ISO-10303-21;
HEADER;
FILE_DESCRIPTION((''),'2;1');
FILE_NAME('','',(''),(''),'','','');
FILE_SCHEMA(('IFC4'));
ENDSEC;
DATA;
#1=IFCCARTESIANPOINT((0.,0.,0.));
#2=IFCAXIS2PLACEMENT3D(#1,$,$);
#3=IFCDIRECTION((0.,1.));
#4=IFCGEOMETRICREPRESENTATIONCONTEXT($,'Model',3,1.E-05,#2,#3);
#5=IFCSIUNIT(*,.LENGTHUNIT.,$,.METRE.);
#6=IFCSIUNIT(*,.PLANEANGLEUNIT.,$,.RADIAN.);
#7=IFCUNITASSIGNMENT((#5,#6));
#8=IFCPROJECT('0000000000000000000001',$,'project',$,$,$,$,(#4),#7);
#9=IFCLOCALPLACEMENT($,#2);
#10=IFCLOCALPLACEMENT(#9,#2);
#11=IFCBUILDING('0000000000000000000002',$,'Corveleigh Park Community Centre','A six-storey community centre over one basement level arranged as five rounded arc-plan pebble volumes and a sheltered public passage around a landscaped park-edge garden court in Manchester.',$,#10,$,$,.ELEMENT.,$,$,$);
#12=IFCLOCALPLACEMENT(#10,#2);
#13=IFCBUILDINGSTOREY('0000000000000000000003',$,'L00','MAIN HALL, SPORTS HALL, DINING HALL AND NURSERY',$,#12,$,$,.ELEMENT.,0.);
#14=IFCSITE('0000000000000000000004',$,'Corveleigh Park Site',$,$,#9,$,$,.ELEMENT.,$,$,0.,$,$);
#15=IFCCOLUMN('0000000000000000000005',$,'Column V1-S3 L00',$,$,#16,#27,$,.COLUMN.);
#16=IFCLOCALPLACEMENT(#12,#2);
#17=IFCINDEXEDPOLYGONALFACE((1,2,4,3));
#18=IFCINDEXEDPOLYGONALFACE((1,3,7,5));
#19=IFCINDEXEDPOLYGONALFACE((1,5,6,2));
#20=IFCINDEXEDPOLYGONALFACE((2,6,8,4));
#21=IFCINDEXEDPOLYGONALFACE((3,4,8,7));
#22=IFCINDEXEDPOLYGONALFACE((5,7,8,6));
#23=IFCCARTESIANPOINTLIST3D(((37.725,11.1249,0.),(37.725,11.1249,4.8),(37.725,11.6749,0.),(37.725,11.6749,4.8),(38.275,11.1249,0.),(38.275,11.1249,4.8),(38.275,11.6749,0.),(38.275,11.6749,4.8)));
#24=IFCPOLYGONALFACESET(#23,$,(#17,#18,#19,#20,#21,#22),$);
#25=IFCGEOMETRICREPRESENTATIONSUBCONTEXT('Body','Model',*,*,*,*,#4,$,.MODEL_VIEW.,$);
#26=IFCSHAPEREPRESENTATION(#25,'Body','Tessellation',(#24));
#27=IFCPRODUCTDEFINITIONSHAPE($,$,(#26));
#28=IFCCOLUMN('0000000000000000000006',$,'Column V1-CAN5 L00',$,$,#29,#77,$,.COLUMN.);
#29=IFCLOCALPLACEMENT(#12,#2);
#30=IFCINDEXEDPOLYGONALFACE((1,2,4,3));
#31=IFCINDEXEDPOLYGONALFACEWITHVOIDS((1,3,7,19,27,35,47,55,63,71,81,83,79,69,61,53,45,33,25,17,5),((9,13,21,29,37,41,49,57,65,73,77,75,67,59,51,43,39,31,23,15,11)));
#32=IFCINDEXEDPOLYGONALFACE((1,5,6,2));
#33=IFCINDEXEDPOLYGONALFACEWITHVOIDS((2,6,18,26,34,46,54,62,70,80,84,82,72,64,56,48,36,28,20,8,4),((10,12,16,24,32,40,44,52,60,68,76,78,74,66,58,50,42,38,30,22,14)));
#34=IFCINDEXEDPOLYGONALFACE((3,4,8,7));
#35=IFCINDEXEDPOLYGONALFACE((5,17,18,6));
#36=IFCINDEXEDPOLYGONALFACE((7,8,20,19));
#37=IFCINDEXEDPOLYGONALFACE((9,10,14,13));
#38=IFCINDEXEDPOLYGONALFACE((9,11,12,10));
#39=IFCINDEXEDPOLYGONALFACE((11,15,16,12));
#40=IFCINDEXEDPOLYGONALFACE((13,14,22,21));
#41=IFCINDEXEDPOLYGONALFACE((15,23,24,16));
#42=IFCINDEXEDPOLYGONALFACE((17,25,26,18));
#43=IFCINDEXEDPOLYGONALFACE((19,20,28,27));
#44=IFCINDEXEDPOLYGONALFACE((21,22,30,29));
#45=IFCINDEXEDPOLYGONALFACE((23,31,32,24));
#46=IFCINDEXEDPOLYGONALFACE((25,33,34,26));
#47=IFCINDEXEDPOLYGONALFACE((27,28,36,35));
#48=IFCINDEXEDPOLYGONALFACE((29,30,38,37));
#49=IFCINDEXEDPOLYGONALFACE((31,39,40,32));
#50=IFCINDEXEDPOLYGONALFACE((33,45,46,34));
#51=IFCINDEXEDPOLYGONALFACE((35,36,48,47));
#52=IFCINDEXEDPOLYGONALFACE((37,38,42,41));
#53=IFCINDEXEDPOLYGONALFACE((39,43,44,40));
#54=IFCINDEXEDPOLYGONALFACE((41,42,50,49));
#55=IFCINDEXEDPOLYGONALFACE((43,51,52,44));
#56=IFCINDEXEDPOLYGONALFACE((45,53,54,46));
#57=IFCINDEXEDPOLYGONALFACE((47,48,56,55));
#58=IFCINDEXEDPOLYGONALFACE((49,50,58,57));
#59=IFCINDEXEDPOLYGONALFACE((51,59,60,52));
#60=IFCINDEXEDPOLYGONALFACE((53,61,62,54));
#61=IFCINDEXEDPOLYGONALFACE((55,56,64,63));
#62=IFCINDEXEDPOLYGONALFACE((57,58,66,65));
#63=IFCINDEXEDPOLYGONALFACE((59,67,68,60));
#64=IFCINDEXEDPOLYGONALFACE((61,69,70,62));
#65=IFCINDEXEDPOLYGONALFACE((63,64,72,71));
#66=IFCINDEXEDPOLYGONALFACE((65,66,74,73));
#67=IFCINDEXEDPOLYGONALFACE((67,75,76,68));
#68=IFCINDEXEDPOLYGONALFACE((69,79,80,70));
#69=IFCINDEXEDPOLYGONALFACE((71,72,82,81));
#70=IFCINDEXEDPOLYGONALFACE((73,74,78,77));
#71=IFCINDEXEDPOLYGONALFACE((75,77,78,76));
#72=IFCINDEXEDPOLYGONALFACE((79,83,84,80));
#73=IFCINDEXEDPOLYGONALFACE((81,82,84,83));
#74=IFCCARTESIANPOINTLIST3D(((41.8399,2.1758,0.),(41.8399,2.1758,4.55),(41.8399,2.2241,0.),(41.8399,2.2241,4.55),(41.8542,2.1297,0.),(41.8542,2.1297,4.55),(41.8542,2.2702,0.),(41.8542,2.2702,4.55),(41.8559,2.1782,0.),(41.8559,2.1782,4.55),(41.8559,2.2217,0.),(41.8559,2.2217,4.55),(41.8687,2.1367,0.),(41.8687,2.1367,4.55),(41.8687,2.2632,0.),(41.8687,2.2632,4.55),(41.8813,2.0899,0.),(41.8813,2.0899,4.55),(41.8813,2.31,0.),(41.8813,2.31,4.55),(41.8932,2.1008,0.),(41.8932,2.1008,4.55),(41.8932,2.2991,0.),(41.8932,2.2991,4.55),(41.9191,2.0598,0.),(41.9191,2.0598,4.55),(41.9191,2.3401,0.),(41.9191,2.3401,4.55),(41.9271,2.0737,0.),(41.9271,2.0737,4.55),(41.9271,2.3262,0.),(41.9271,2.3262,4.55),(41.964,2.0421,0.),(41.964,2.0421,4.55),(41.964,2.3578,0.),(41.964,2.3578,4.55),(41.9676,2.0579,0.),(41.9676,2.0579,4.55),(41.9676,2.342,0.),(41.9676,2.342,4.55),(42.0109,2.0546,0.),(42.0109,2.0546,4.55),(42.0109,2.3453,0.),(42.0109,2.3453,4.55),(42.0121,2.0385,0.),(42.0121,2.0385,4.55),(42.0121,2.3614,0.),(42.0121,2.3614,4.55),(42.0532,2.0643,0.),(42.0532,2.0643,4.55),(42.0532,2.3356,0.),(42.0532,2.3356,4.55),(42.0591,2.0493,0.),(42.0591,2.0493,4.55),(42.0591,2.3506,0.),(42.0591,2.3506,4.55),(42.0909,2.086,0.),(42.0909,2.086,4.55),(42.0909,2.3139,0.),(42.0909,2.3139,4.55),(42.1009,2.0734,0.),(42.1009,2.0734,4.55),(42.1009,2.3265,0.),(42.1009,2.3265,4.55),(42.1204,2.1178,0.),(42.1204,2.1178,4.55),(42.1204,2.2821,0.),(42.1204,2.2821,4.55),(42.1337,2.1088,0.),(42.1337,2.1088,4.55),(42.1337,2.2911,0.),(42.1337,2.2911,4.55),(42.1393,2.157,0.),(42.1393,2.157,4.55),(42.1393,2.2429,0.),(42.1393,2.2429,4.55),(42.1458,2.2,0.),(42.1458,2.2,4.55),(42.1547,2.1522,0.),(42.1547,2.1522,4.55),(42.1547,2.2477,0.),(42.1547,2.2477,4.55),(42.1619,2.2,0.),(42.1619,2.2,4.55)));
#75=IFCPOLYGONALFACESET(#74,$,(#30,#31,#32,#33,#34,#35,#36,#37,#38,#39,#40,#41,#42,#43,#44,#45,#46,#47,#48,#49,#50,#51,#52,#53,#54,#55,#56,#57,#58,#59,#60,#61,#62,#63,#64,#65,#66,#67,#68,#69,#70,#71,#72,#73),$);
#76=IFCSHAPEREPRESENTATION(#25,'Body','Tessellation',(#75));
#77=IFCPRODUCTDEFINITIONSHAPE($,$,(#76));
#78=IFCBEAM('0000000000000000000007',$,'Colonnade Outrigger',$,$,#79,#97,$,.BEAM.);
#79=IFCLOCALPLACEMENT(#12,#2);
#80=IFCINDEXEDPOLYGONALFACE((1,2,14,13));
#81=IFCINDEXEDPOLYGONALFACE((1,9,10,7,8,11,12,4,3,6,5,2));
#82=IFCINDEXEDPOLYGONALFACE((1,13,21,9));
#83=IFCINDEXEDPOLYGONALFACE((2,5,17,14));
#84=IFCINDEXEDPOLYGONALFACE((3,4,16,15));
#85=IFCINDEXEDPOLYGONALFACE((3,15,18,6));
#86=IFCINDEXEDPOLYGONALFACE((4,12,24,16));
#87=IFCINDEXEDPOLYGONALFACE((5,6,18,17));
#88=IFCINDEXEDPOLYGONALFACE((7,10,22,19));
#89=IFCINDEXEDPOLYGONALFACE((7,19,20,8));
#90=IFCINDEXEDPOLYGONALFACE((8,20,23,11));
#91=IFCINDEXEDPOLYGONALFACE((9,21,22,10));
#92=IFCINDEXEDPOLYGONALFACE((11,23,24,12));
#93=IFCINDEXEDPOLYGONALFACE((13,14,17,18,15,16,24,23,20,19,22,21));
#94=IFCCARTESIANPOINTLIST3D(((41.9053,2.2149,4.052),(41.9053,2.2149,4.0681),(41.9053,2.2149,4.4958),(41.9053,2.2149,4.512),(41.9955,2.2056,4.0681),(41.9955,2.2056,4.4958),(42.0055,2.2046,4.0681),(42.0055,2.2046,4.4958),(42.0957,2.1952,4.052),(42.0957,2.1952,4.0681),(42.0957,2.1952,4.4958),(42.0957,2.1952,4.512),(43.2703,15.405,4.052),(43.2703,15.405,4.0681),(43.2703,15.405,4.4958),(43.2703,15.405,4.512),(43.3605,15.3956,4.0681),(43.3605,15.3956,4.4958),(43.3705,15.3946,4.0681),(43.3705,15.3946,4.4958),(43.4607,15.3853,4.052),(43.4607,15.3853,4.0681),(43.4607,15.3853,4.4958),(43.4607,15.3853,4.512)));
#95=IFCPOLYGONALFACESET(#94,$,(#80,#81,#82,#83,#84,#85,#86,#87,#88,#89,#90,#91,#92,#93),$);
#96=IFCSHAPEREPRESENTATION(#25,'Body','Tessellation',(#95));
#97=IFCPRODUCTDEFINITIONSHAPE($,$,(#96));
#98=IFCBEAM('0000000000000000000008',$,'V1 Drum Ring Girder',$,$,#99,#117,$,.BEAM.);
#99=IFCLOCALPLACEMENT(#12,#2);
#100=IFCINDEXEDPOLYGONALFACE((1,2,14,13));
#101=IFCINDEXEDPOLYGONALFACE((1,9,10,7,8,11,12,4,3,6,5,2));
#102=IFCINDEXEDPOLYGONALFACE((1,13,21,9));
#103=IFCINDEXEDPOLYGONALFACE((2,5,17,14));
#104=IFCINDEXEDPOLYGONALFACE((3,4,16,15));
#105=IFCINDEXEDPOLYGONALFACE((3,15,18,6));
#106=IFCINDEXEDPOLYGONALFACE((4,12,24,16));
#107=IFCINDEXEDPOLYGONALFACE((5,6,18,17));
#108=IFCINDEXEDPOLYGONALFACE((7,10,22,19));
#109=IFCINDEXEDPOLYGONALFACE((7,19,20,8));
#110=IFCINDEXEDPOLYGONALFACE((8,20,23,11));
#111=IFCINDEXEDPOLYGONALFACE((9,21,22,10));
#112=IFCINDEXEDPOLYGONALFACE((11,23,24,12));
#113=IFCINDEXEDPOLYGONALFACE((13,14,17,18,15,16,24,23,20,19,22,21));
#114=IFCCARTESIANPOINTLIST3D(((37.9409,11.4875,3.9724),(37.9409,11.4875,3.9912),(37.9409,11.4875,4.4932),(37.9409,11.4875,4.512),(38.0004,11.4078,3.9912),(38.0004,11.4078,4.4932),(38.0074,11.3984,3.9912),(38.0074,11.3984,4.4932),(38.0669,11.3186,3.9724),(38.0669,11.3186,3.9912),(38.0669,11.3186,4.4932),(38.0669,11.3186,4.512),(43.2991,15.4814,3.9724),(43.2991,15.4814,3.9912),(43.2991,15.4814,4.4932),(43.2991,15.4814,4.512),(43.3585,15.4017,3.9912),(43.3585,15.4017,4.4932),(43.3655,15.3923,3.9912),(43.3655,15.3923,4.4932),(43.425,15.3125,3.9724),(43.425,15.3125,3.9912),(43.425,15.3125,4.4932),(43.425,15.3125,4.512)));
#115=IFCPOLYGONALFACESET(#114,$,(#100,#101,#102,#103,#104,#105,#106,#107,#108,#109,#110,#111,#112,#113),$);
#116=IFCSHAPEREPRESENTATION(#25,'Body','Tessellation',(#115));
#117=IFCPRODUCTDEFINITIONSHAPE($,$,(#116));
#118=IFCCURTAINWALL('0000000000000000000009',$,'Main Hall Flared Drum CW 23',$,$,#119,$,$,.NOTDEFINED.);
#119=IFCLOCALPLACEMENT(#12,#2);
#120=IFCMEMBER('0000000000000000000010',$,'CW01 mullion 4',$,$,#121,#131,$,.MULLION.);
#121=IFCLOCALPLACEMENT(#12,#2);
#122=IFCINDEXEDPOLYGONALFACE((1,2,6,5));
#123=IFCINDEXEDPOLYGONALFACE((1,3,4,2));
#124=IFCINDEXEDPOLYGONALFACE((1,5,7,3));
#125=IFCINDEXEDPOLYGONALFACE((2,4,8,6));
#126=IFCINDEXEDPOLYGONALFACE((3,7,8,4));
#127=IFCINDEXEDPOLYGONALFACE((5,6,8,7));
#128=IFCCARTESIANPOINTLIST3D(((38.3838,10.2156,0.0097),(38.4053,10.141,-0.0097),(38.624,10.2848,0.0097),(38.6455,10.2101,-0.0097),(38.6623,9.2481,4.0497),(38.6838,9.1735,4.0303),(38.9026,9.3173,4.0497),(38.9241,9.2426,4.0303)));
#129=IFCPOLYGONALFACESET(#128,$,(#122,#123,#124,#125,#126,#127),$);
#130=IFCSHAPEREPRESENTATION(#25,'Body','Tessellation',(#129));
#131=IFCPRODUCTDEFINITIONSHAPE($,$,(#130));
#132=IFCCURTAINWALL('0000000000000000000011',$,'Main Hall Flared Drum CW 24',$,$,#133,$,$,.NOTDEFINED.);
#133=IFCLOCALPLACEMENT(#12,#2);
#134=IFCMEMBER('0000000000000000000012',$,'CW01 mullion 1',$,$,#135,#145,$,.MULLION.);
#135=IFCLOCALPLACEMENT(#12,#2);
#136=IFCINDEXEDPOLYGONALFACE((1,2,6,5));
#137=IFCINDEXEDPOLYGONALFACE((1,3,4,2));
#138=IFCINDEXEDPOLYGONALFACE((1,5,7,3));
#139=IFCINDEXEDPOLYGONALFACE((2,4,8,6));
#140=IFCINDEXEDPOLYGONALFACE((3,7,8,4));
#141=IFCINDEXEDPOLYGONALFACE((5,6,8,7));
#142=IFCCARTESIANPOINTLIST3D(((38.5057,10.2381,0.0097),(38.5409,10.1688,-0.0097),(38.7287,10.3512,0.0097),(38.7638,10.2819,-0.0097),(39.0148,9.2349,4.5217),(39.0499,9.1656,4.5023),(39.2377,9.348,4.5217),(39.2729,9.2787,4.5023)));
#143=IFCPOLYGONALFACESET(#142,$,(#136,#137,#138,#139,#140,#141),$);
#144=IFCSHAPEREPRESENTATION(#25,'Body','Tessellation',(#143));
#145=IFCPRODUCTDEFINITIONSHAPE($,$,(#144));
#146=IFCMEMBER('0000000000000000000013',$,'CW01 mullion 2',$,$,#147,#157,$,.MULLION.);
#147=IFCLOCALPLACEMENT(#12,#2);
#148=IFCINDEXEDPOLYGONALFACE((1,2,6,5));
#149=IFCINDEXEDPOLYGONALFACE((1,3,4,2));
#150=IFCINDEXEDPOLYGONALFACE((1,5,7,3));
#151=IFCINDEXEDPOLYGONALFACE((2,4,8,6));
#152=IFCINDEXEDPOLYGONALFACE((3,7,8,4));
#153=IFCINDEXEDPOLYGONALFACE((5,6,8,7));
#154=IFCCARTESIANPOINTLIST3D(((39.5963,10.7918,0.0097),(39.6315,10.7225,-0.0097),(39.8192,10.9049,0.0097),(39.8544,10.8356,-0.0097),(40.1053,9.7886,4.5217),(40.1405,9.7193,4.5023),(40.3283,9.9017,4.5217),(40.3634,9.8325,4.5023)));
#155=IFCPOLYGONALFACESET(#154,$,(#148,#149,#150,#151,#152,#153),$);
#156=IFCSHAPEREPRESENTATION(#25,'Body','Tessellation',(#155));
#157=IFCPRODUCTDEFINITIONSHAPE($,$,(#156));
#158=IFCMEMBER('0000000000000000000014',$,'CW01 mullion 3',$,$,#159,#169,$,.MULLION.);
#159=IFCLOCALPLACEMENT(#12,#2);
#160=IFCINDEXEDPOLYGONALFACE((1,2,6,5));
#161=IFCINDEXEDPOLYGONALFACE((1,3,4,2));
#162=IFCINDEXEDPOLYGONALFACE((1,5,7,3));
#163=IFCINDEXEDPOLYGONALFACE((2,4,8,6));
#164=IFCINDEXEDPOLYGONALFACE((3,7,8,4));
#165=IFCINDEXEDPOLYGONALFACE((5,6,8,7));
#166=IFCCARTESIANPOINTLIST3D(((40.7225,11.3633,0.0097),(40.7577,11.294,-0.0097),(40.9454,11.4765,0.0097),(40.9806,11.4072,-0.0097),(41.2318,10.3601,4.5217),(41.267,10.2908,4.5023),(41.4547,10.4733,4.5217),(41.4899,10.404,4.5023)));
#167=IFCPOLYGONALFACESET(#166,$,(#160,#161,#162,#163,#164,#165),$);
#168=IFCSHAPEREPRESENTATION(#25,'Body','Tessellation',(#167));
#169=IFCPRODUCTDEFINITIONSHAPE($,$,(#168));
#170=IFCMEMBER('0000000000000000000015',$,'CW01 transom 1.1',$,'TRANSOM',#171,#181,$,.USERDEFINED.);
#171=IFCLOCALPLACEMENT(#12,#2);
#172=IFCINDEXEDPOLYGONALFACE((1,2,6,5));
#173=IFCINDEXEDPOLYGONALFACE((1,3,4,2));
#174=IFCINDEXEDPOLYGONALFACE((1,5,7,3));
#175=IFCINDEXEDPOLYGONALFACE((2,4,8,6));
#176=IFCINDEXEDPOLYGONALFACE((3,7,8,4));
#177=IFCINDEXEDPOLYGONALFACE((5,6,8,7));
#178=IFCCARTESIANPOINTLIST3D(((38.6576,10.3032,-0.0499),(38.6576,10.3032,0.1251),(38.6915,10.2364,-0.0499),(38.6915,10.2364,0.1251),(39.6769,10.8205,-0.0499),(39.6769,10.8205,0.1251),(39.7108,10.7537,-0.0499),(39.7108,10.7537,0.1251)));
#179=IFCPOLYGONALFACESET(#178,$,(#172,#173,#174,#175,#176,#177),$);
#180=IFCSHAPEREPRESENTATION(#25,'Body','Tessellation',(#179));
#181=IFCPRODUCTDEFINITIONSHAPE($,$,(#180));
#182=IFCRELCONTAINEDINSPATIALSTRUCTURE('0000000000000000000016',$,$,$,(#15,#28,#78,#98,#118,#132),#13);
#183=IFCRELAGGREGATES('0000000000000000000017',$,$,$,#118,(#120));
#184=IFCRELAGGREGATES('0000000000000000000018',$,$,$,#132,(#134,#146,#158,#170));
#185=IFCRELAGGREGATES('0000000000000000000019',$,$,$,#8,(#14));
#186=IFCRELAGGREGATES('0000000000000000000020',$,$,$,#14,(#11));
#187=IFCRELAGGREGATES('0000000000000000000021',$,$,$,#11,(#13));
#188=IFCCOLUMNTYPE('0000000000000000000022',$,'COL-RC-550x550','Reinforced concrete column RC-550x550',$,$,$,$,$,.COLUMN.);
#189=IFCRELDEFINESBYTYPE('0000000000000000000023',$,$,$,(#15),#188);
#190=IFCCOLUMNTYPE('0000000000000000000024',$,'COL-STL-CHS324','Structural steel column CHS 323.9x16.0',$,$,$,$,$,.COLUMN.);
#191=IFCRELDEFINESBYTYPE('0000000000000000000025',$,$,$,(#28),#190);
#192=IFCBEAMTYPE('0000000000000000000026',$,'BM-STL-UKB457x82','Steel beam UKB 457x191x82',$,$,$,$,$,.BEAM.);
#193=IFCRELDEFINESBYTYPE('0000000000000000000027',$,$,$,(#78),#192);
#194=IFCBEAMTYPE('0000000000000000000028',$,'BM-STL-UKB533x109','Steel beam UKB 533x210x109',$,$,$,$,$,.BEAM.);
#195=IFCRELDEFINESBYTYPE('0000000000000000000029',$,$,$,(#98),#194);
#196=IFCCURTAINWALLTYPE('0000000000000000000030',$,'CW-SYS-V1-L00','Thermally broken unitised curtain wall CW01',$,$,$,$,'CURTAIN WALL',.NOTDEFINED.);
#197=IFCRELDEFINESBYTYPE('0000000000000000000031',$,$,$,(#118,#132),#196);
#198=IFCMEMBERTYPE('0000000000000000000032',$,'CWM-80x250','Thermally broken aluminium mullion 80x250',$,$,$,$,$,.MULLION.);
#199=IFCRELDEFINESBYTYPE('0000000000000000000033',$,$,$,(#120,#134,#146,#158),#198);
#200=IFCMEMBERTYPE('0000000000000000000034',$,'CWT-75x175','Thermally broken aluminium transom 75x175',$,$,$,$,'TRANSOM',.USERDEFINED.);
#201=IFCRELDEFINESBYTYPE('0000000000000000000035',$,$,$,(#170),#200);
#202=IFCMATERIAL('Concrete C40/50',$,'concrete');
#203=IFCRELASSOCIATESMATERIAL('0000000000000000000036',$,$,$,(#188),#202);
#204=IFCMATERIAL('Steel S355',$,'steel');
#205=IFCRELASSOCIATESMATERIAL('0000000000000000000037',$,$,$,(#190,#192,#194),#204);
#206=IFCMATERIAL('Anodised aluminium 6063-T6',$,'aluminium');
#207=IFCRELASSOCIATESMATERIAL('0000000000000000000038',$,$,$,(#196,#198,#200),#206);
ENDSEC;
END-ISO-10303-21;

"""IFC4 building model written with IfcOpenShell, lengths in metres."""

from ifc_helpers import new_model, si_unit, direction, frame, origin, origin_2d, place, context, subcontext, project, spatial, rectangle, hollow_circle, i_section, extrude, material, material_profile, profile_set, type_object, element, aggregate, save


model = new_model("IFC4")

# Units and contexts
model_context = context("Model", 3, precision=1e-05, world=origin(), true_north=direction((0.0, 1.0)))
body_context = subcontext(model_context, "Body", "Model", "MODEL_VIEW")
ifc_project = project(units=[si_unit("LENGTHUNIT", "METRE"), si_unit("PLANEANGLEUNIT", "RADIAN")], contexts=[model_context])

# Site, building, storey
site_placement = place(None, origin())
site = spatial("IfcSite", under=ifc_project, at=site_placement, Name="Corveleigh Park Site", CompositionType="ELEMENT", RefElevation=0.0)
building_placement = place(site_placement, origin())
building = spatial("IfcBuilding", under=site, at=building_placement, Name="Corveleigh Park Community Centre", Description="A six-storey community centre over one basement level arranged as five rounded arc-plan pebble volumes and a sheltered public passage around a landscaped park-edge garden court in Manchester.", CompositionType="ELEMENT")
storey_placement = place(building_placement, origin())
storey = spatial("IfcBuildingStorey", under=building, at=storey_placement, Name="L00", Description="MAIN HALL, SPORTS HALL, DINING HALL AND NURSERY", CompositionType="ELEMENT", Elevation=0.0)

# Columns
ifc_material_1 = material(Name="Concrete C40/50", Category="concrete")
ifc_material_profile_1 = material_profile(ifc_material_1, rectangle(XDim=0.55, YDim=0.55, at=origin_2d()), Name="RC-550x550", Category="concrete")
ifc_profile_set_1 = profile_set([ifc_material_profile_1], Name="Concrete C40/50")
column_type_1 = type_object("IfcColumnType", Name="COL-RC-550x550", Description="Reinforced concrete column RC-550x550", PredefinedType="COLUMN", material=ifc_profile_set_1)
column_1_placement = place(storey_placement, frame((38.0, 11.3999, 0.0), z_axis=(0.0, 0.0, 1.0), x_axis=(1.0, 0.0, 0.0)))
element("IfcColumn", 1, at=column_1_placement, inside=storey, type_object=column_type_1, Name="Column V1-S3 L00", PredefinedType="COLUMN", context=body_context, shape_type="SweptSolid", body=[
    extrude(rectangle(XDim=0.55, YDim=0.55, at=origin_2d()), origin(), (0.0, 0.0, 1.0), 4.8),
])
ifc_material_2 = material(Name="Steel S355", Category="steel")
ifc_material_profile_2 = material_profile(ifc_material_2, hollow_circle(Radius=0.1619, WallThickness=0.0161, at=origin_2d()), Name="CHS 323.9x16.0", Category="steel")
ifc_profile_set_2 = profile_set([ifc_material_profile_2], Name="Steel S355")
column_type_2 = type_object("IfcColumnType", Name="COL-STL-CHS324", Description="Structural steel column CHS 323.9x16.0", PredefinedType="COLUMN", material=ifc_profile_set_2)
column_2_placement = place(storey_placement, frame((42.0, 2.2, 0.0), z_axis=(0.0, 0.0, 1.0), x_axis=(1.0, 0.0, 0.0)))
element("IfcColumn", 2, at=column_2_placement, inside=storey, type_object=column_type_2, Name="Column V1-CAN5 L00", PredefinedType="COLUMN", context=body_context, shape_type="SweptSolid", body=[
    extrude(hollow_circle(Radius=0.1619, WallThickness=0.0161, at=origin_2d()), origin(), (0.0, 0.0, 1.0), 4.55),
])

# Beams
ifc_material_profile_3 = material_profile(ifc_material_2, i_section(OverallWidth=0.1914, OverallDepth=0.46, WebThickness=0.01, FlangeThickness=0.0161, at=origin_2d()), Name="UKB 457x191x82", Category="steel")
ifc_profile_set_3 = profile_set([ifc_material_profile_3], Name="Steel S355")
beam_type_1 = type_object("IfcBeamType", Name="BM-STL-UKB457x82", Description="Steel beam UKB 457x191x82", PredefinedType="BEAM", material=ifc_profile_set_3)
beam_1_placement = place(storey_placement, frame((42.0005, 2.2051, 4.282), z_axis=(0.102937, 0.994688, 0.0), x_axis=(-0.994688, 0.102937, 0.0)))
element("IfcBeam", 3, at=beam_1_placement, inside=storey, type_object=beam_type_1, Name="Colonnade Outrigger", PredefinedType="BEAM", context=body_context, shape_type="SweptSolid", body=[
    extrude(i_section(OverallWidth=0.1914, OverallDepth=0.46, WebThickness=0.01, FlangeThickness=0.0161, at=origin_2d()), origin(), (0.0, 0.0, 1.0), 13.2605),
])
ifc_material_profile_4 = material_profile(ifc_material_2, i_section(OverallWidth=0.2107, OverallDepth=0.5396, WebThickness=0.0117, FlangeThickness=0.0188, at=origin_2d()), Name="UKB 533x210x109", Category="steel")
ifc_profile_set_4 = profile_set([ifc_material_profile_4], Name="Steel S355")
beam_type_2 = type_object("IfcBeamType", Name="BM-STL-UKB533x109", Description="Steel beam UKB 533x210x109", PredefinedType="BEAM", material=ifc_profile_set_4)
beam_2_placement = place(storey_placement, frame((38.0039, 11.4031, 4.2422), z_axis=(0.801772, 0.59763, 0.0), x_axis=(-0.59763, 0.801772, 0.0)))
element("IfcBeam", 4, at=beam_2_placement, inside=storey, type_object=beam_type_2, Name="V1 Drum Ring Girder", PredefinedType="BEAM", context=body_context, shape_type="SweptSolid", body=[
    extrude(i_section(OverallWidth=0.2107, OverallDepth=0.5396, WebThickness=0.0117, FlangeThickness=0.0188, at=origin_2d()), origin(), (0.0, 0.0, 1.0), 6.6829),
])

# Curtain wall, member
ifc_material_3 = material(Name="Anodised aluminium 6063-T6", Category="aluminium")
curtain_wall_type = type_object("IfcCurtainWallType", Name="CW-SYS-V1-L00", Description="Thermally broken unitised curtain wall CW01", ElementType="CURTAIN WALL", PredefinedType="NOTDEFINED", material=ifc_material_3)
curtain_wall_1_placement = place(storey_placement, origin())
curtain_wall_1 = element("IfcCurtainWall", 5, at=curtain_wall_1_placement, inside=storey, type_object=curtain_wall_type, Name="Main Hall Flared Drum CW 23", PredefinedType="NOTDEFINED")
ifc_material_profile_5 = material_profile(ifc_material_3, rectangle(XDim=0.0801, YDim=0.25, at=origin_2d()), Name="ALU-M80x250", Category="aluminium")
ifc_profile_set_5 = profile_set([ifc_material_profile_5], Name="Anodised aluminium 6063-T6")
member_type_1 = type_object("IfcMemberType", Name="CWM-80x250", Description="Thermally broken aluminium mullion 80x250", PredefinedType="MULLION", material=ifc_profile_set_5)
member_1_placement = place(storey_placement, frame((38.5146, 10.2129, 0.0), z_axis=(0.066905, -0.232378, 0.970322), x_axis=(-0.268463, 0.932444, 0.241817)))
member_1 = element("IfcMember", 6, at=member_1_placement, type_object=member_type_1, Name="CW01 mullion 4", PredefinedType="MULLION", context=body_context, shape_type="SweptSolid", body=[
    extrude(rectangle(XDim=0.0801, YDim=0.25, at=origin_2d()), origin(), (0.0, 0.0, 1.0), 4.1636),
])
aggregate(curtain_wall_1, [member_1])

# Curtain wall, members
curtain_wall_2_placement = place(storey_placement, origin())
curtain_wall_2 = element("IfcCurtainWall", 7, at=curtain_wall_2_placement, inside=storey, type_object=curtain_wall_type, Name="Main Hall Flared Drum CW 24", PredefinedType="NOTDEFINED")
member_2_placement = place(storey_placement, frame((38.6348, 10.26, 0.0), z_axis=(0.109468, -0.215732, 0.970297), x_axis=(-0.439061, 0.865276, 0.241917)))
member_2 = element("IfcMember", 8, at=member_2_placement, type_object=member_type_1, Name="CW01 mullion 1", PredefinedType="MULLION", context=body_context, shape_type="SweptSolid", body=[
    extrude(rectangle(XDim=0.0801, YDim=0.25, at=origin_2d()), origin(), (0.0, 0.0, 1.0), 4.6501),
])
member_3_placement = place(storey_placement, frame((39.7253, 10.8137, 0.0), z_axis=(0.109468, -0.215732, 0.970297), x_axis=(-0.439061, 0.865276, 0.241917)))
member_3 = element("IfcMember", 9, at=member_3_placement, type_object=member_type_1, Name="CW01 mullion 2", PredefinedType="MULLION", context=body_context, shape_type="SweptSolid", body=[
    extrude(rectangle(XDim=0.0801, YDim=0.25, at=origin_2d()), origin(), (0.0, 0.0, 1.0), 4.6501),
])
member_4_placement = place(storey_placement, frame((40.8516, 11.3853, 0.0), z_axis=(0.109519, -0.215731, 0.970291), x_axis=(-0.439226, 0.865186, 0.241939)))
member_4 = element("IfcMember", 10, at=member_4_placement, type_object=member_type_1, Name="CW01 mullion 3", PredefinedType="MULLION", context=body_context, shape_type="SweptSolid", body=[
    extrude(rectangle(XDim=0.0801, YDim=0.25, at=origin_2d()), origin(), (0.0, 0.0, 1.0), 4.6501),
])
ifc_material_profile_6 = material_profile(ifc_material_3, rectangle(XDim=0.075, YDim=0.175, at=origin_2d()), Name="ALU-T75x175", Category="aluminium")
ifc_profile_set_6 = profile_set([ifc_material_profile_6], Name="Anodised aluminium 6063-T6")
member_type_2 = type_object("IfcMemberType", Name="CWT-75x175", Description="Thermally broken aluminium transom 75x175", ElementType="TRANSOM", PredefinedType="USERDEFINED", material=ifc_profile_set_6)
member_5_placement = place(storey_placement, frame((38.6746, 10.2698, 0.0376), z_axis=(0.89172, 0.452588, 0.0), x_axis=(-0.452588, 0.89172, 0.0)))
member_5 = element("IfcMember", 11, at=member_5_placement, type_object=member_type_2, Name="CW01 transom 1.1", ObjectType="TRANSOM", PredefinedType="USERDEFINED", context=body_context, shape_type="SweptSolid", body=[
    extrude(rectangle(XDim=0.075, YDim=0.175, at=origin_2d()), origin(), (0.0, 0.0, 1.0), 1.1431),
])

aggregate(curtain_wall_2, [member_2, member_3, member_4, member_5])

save(model, "model.ifc")
